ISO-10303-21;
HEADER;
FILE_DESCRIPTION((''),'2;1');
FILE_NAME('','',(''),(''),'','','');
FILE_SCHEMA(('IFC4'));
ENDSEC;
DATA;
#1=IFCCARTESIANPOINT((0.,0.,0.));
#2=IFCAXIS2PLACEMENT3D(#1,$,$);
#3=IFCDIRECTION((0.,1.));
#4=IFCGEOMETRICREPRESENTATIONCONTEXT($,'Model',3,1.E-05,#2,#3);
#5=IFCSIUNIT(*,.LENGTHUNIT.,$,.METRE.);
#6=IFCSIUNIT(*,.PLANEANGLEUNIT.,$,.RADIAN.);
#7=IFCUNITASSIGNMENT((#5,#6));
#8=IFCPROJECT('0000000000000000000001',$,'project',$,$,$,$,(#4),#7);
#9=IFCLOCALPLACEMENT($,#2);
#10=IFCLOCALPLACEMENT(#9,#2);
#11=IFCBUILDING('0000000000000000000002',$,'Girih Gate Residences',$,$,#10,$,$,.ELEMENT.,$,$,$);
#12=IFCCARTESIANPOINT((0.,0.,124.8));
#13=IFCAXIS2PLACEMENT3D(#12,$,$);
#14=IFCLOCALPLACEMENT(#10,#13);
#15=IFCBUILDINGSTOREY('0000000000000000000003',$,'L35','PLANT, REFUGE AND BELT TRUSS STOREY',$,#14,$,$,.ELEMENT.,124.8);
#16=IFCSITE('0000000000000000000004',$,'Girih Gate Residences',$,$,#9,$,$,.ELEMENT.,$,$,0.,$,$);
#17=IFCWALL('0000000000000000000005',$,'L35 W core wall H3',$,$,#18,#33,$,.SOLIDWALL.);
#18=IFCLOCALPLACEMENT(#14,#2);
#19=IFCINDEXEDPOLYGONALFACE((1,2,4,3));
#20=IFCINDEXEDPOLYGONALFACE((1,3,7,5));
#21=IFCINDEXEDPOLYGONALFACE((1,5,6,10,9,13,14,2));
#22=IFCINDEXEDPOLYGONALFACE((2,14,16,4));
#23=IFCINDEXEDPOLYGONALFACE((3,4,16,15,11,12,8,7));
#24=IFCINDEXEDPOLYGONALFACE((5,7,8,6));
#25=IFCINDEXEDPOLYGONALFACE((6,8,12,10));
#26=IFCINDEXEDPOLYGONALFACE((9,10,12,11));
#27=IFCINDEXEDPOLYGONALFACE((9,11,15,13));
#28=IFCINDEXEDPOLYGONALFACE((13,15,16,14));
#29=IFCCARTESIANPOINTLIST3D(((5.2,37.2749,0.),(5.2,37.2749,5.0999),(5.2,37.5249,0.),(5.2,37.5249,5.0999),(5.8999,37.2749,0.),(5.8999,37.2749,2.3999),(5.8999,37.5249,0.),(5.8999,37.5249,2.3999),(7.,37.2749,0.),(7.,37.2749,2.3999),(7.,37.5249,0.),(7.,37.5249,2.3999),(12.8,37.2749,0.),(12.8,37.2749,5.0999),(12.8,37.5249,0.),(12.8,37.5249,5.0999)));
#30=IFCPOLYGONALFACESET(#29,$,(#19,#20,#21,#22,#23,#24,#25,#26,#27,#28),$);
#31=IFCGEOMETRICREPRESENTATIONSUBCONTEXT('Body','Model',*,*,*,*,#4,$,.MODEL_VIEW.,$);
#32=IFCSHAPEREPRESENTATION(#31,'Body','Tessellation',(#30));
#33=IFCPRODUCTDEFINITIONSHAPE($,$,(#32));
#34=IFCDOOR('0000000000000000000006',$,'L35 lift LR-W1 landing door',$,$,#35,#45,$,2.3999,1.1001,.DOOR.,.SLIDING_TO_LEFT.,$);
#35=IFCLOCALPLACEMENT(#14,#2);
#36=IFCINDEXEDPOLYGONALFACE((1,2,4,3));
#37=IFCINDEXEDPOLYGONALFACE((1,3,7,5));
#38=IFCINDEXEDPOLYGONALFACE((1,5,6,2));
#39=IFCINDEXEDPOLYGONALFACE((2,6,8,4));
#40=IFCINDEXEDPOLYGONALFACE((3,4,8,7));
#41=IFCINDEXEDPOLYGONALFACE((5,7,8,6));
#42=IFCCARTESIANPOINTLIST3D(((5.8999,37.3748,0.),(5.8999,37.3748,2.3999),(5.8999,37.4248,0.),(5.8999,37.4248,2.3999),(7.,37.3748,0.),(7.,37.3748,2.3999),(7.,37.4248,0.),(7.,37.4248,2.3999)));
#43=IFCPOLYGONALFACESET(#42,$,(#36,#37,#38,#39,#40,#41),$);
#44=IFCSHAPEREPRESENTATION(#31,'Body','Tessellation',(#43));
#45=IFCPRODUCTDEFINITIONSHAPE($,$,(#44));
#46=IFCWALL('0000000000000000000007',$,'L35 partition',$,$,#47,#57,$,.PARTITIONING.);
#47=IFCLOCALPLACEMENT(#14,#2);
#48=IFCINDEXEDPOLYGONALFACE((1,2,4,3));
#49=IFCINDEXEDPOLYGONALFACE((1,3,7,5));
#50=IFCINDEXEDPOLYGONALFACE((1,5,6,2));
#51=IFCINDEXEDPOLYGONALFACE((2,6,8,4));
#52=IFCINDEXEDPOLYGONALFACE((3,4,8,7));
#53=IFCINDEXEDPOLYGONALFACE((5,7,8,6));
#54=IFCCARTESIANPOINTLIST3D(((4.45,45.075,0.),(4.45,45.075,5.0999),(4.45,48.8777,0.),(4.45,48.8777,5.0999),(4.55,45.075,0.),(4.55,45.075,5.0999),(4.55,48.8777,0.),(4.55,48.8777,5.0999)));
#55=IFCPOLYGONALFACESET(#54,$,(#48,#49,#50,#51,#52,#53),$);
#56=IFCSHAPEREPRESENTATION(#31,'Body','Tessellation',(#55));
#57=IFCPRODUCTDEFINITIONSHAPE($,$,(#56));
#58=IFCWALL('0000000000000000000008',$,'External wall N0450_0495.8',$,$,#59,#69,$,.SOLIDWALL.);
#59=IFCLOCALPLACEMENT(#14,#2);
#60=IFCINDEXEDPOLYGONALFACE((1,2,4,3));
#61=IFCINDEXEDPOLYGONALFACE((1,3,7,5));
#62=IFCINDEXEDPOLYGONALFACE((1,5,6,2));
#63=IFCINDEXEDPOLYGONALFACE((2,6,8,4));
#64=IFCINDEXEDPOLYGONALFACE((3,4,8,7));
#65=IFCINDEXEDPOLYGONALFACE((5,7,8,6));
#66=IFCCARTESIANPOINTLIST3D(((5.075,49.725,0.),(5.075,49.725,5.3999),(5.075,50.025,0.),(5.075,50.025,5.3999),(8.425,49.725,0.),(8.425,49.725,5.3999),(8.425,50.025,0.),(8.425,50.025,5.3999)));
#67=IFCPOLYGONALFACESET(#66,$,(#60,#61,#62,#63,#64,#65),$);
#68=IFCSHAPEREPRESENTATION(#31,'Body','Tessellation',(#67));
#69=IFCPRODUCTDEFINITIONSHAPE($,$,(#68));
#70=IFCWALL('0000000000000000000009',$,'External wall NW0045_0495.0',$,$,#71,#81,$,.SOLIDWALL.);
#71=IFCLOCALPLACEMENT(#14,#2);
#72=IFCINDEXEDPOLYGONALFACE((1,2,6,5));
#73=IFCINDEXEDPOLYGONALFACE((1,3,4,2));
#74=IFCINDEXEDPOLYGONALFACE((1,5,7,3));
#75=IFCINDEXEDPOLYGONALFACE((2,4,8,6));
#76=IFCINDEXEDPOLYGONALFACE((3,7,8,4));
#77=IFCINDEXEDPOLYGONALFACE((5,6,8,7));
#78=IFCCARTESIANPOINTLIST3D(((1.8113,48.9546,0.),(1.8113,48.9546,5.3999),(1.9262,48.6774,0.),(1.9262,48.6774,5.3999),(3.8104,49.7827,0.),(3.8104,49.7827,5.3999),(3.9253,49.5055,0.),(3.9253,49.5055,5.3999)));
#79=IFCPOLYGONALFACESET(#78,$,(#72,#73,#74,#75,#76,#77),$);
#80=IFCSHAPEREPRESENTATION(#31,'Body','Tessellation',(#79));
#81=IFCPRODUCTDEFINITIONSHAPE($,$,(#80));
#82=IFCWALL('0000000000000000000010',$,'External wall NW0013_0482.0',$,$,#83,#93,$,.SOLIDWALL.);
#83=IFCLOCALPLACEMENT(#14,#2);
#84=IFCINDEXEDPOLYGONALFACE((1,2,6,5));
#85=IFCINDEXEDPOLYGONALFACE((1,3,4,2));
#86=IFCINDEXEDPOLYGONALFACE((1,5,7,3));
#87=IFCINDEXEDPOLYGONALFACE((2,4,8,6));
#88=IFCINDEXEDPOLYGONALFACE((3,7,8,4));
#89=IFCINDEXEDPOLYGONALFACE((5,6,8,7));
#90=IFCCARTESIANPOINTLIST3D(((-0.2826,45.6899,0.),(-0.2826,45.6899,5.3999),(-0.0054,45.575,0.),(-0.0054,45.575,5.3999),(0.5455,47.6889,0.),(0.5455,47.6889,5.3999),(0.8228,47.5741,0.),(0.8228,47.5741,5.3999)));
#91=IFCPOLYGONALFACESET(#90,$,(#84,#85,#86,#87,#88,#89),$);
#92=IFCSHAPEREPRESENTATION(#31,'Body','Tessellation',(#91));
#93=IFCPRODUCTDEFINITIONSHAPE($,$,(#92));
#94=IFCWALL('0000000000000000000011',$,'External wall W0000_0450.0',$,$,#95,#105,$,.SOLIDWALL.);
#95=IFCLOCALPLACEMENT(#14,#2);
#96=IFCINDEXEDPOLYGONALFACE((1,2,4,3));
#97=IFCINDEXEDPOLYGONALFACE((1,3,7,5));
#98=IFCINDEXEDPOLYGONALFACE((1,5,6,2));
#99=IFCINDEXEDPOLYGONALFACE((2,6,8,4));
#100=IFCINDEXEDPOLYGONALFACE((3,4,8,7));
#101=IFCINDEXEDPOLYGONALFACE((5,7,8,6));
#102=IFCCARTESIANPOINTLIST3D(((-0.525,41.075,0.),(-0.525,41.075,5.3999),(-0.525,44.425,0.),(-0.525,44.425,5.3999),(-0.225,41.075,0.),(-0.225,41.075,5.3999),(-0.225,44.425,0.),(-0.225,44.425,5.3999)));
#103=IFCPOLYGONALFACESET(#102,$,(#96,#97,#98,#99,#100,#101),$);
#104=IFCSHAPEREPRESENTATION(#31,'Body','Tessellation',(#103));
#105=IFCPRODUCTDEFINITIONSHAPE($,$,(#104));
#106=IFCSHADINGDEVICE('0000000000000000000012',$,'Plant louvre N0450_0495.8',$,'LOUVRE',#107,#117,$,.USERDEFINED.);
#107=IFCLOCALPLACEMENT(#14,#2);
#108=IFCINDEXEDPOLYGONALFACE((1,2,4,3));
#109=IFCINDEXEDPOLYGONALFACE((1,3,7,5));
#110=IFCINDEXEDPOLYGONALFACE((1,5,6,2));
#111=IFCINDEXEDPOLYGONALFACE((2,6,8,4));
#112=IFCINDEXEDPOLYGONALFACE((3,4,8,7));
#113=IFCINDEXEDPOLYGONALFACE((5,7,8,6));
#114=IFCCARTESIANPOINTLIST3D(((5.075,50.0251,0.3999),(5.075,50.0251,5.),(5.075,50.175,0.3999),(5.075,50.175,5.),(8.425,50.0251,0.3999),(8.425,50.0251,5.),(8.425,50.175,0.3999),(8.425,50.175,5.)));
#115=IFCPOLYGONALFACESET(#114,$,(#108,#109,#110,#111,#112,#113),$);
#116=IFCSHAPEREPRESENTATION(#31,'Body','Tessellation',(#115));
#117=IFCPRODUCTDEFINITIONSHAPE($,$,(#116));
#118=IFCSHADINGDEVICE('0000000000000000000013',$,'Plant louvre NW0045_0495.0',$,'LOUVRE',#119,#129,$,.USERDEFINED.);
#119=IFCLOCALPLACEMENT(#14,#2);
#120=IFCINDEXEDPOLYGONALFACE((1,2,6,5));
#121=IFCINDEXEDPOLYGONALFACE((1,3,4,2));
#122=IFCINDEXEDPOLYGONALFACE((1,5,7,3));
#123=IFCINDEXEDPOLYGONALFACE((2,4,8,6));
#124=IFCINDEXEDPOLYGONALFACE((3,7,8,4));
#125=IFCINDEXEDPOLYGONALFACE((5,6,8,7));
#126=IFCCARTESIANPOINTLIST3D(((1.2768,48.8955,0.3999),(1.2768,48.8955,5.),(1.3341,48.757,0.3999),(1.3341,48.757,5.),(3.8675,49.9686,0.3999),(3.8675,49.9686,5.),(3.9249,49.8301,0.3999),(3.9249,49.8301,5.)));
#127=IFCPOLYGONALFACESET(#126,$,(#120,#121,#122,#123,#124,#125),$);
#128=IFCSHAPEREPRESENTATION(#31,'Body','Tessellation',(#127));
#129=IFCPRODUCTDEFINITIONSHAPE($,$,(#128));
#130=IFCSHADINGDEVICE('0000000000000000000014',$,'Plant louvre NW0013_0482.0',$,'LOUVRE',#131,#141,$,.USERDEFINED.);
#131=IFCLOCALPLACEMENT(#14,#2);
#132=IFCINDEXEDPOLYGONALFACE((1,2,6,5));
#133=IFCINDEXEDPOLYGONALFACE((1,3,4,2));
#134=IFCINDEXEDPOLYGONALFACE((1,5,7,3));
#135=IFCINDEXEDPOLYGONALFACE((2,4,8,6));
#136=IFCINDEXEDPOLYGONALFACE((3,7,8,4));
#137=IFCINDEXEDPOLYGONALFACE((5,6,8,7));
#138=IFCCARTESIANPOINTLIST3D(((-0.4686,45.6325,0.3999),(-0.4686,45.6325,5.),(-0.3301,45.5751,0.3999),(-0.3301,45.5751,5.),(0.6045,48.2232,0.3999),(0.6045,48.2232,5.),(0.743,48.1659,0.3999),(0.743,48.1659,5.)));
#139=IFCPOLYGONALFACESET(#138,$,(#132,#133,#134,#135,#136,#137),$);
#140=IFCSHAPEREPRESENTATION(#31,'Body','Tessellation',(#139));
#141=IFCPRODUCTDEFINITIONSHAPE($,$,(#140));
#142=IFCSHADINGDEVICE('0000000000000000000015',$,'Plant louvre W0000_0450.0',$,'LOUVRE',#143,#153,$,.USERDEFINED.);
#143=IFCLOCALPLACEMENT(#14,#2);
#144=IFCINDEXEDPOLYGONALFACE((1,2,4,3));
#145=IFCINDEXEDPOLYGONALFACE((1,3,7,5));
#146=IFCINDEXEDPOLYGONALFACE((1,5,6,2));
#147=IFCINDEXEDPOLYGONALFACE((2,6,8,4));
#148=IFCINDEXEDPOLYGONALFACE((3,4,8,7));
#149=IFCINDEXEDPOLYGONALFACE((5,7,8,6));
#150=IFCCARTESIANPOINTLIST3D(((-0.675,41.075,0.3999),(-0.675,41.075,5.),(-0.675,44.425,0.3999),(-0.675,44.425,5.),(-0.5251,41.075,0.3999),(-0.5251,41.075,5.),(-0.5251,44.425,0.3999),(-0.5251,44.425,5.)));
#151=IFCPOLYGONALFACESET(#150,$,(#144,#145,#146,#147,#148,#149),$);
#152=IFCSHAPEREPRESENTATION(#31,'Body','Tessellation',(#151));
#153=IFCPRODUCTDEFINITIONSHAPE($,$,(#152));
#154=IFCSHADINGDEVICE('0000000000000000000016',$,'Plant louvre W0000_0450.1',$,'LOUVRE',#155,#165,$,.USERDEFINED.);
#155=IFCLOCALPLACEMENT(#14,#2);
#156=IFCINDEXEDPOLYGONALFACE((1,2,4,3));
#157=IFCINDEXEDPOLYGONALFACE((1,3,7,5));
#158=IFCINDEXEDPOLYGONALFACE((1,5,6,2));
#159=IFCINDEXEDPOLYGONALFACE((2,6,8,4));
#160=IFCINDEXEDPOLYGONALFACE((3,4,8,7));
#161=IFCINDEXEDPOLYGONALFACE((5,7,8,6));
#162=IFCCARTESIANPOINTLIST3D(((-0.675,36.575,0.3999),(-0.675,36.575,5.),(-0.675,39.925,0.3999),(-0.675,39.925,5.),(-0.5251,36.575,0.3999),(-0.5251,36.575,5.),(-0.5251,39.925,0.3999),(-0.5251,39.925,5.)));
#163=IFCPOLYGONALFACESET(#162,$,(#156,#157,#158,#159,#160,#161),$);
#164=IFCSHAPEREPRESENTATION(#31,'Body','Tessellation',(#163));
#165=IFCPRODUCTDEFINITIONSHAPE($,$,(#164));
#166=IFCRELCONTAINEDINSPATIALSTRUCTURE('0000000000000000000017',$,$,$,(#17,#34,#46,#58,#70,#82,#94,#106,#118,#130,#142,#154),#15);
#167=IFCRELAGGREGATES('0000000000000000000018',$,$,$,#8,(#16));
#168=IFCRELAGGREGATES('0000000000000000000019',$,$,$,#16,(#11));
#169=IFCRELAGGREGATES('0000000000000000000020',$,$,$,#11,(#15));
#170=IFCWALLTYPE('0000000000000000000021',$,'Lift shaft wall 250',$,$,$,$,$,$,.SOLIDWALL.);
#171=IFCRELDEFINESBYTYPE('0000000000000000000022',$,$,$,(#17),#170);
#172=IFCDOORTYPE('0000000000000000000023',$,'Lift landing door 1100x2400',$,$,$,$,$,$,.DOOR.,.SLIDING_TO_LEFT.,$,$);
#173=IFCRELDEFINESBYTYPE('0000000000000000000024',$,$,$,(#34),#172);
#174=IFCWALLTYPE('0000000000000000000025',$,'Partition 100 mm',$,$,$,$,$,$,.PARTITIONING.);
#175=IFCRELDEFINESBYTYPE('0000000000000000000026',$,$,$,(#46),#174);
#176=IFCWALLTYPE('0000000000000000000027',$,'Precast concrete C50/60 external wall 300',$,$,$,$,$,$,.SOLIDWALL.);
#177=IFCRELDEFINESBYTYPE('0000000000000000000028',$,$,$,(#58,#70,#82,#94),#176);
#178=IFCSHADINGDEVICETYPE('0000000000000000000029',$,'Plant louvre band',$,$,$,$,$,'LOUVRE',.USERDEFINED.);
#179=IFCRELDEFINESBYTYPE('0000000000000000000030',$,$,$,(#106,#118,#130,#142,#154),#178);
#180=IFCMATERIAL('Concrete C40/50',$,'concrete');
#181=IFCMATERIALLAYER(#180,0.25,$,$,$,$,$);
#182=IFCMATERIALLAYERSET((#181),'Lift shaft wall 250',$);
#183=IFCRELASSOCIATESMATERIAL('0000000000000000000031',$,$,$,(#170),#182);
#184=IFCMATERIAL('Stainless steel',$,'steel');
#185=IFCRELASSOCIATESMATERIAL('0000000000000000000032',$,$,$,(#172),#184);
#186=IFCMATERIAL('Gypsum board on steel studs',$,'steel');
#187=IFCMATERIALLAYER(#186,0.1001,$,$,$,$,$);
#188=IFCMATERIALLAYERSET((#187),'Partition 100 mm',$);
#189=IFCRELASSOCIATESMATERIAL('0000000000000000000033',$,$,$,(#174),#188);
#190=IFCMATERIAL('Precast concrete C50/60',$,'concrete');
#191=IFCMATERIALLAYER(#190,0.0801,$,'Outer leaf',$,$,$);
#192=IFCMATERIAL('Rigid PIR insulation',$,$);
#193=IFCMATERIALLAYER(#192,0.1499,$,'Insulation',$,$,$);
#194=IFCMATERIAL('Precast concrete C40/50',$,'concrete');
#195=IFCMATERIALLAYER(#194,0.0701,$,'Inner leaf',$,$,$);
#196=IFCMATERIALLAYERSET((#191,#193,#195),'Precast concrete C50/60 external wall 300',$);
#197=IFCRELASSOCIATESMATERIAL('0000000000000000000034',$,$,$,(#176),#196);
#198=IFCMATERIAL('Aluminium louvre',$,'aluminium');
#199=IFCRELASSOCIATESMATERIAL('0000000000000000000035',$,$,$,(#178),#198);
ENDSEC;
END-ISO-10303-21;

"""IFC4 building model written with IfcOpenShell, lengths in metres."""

from ifc_helpers import new_model, si_unit, direction, frame, frame_2d, origin, origin_2d, place, context, subcontext, project, spatial, rectangle, extrude, material, layer, layer_set, type_object, element, fill, save


model = new_model("IFC4")

# Units and contexts
model_context = context("Model", 3, precision=1e-05, world=origin(), true_north=direction((0.0, 1.0)))
body_context = subcontext(model_context, "Body", "Model", "MODEL_VIEW")
ifc_project = project(units=[si_unit("LENGTHUNIT", "METRE"), si_unit("PLANEANGLEUNIT", "RADIAN")], contexts=[model_context])

# Site, building, storey
site_placement = place(None, origin())
site = spatial("IfcSite", under=ifc_project, at=site_placement, Name="Girih Gate Residences", CompositionType="ELEMENT", RefElevation=0.0)
building_placement = place(site_placement, origin())
building = spatial("IfcBuilding", under=site, at=building_placement, Name="Girih Gate Residences", CompositionType="ELEMENT")
storey_placement = place(building_placement, frame((0.0, 0.0, 124.8)))
storey = spatial("IfcBuildingStorey", under=building, at=storey_placement, Name="L35", Description="PLANT, REFUGE AND BELT TRUSS STOREY", CompositionType="ELEMENT", Elevation=124.8)

# Shared definitions
ifc_material_1 = material(Name="Gypsum board on steel studs", Category="steel")

# Wall, opening, door
ifc_material_2 = material(Name="Concrete C40/50", Category="concrete")
ifc_layer_1 = layer(ifc_material_2, 0.25)
ifc_layer_set_1 = layer_set([ifc_layer_1], Name="Lift shaft wall 250")
wall_type_1 = type_object("IfcWallType", Name="Lift shaft wall 250", PredefinedType="SOLIDWALL", material=ifc_layer_set_1)
wall_1_placement = place(storey_placement, frame((5.2, 37.3999, 0.0), z_axis=(0.0, 0.0, 1.0), x_axis=(1.0, 0.0, 0.0)))
wall_1 = element("IfcWall", 1, at=wall_1_placement, inside=storey, type_object=wall_type_1, Name="L35 W core wall H3", PredefinedType="SOLIDWALL", context=body_context, shape_type="SweptSolid", body=[
    extrude(rectangle(XDim=7.6001, YDim=0.25, at=frame_2d((3.8, 0.0))), origin(), (0.0, 0.0, 1.0), 5.0999),
])
opening_1_placement = place(wall_1_placement, frame((0.7, 0.0, 0.0)))
opening_1 = element("IfcOpeningElement", 2, at=opening_1_placement, cuts=wall_1, PredefinedType="OPENING", context=body_context, shape_type="SweptSolid", body=[
    extrude(rectangle(XDim=1.1001, YDim=2.3999, at=frame_2d((0.55, 1.2))), frame((0.0, 0.135, 0.0), z_axis=(0.0, -1.0, 0.0), x_axis=(1.0, 0.0, 0.0)), (0.0, 0.0, 1.0), 0.27),
])
ifc_material_3 = material(Name="Stainless steel", Category="steel")
door_type_1 = type_object("IfcDoorType", Name="Lift landing door 1100x2400", OperationType="SLIDING_TO_LEFT", PredefinedType="DOOR", material=ifc_material_3)
door_1_placement = place(opening_1_placement, origin())
door_1 = element("IfcDoor", 3, at=door_1_placement, inside=storey, type_object=door_type_1, Name="L35 lift LR-W1 landing door", OperationType="SLIDING_TO_LEFT", OverallHeight=2.3999, OverallWidth=1.1001, PredefinedType="DOOR", context=body_context, shape_type="SweptSolid", body=[
    extrude(rectangle(XDim=1.1001, YDim=2.3999, at=frame_2d((0.55, 1.2))), frame((0.0, 0.0249, 0.0), z_axis=(0.0, -1.0, 0.0), x_axis=(1.0, 0.0, 0.0)), (0.0, 0.0, 1.0), 0.05),
])
fill(opening_1, door_1)

# Walls
ifc_layer_2 = layer(ifc_material_1, 0.1001)
ifc_layer_set_2 = layer_set([ifc_layer_2], Name="Partition 100 mm")
wall_type_2 = type_object("IfcWallType", Name="Partition 100 mm", PredefinedType="PARTITIONING", material=ifc_layer_set_2)
wall_2_placement = place(storey_placement, frame((4.5, 45.075, 0.0), z_axis=(0.0, 0.0, 1.0), x_axis=(0.0, 1.0, 0.0)))
element("IfcWall", 4, at=wall_2_placement, inside=storey, type_object=wall_type_2, Name="L35 partition", PredefinedType="PARTITIONING", context=body_context, shape_type="SweptSolid", body=[
    extrude(rectangle(XDim=3.8027, YDim=0.1001, at=frame_2d((1.9014, 0.0))), origin(), (0.0, 0.0, 1.0), 5.0999),
])
ifc_material_4 = material(Name="Precast concrete C50/60", Category="concrete")
ifc_layer_3 = layer(ifc_material_4, 0.0801, Name="Outer leaf")
ifc_material_5 = material(Name="Rigid PIR insulation")
ifc_layer_4 = layer(ifc_material_5, 0.1499, Name="Insulation")
ifc_material_6 = material(Name="Precast concrete C40/50", Category="concrete")
ifc_layer_5 = layer(ifc_material_6, 0.0701, Name="Inner leaf")
ifc_layer_set_3 = layer_set([ifc_layer_3, ifc_layer_4, ifc_layer_5], Name="Precast concrete C50/60 external wall 300")
wall_type_3 = type_object("IfcWallType", Name="Precast concrete C50/60 external wall 300", PredefinedType="SOLIDWALL", material=ifc_layer_set_3)
wall_3_placement = place(storey_placement, frame((5.075, 49.875, 0.0), z_axis=(0.0, 0.0, 1.0), x_axis=(1.0, 0.0, 0.0)))
element("IfcWall", 5, at=wall_3_placement, inside=storey, type_object=wall_type_3, Name="External wall N0450_0495.8", PredefinedType="SOLIDWALL", context=body_context, shape_type="SweptSolid", body=[
    extrude(rectangle(XDim=3.3501, YDim=0.3, at=frame_2d((1.675, 0.0))), origin(), (0.0, 0.0, 1.0), 5.3999),
])
for number, where, z_axis, x_axis, name in (
    (6, (1.8687, 48.8159, 0.0), (0.0, 0.0, 1.0), (0.923863, 0.382724, 0.0), "External wall NW0045_0495.0"),
    (7, (-0.144, 45.6323, 0.0), (0.0, 0.0, 1.0), (0.382724, 0.923863, 0.0), "External wall NW0013_0482.0"),
):
    element("IfcWall", number, at=place(storey_placement, frame(where, z_axis=z_axis, x_axis=x_axis)), inside=storey, type_object=wall_type_3, Name=name, PredefinedType="SOLIDWALL", context=body_context, shape_type="SweptSolid", body=[
        extrude(rectangle(XDim=2.1638, YDim=0.3, at=frame_2d((1.082, 0.0))), origin(), (0.0, 0.0, 1.0), 5.3999),
    ])
wall_4_placement = place(storey_placement, frame((-0.375, 41.075, 0.0), z_axis=(0.0, 0.0, 1.0), x_axis=(0.0, 1.0, 0.0)))
element("IfcWall", 8, at=wall_4_placement, inside=storey, type_object=wall_type_3, Name="External wall W0000_0450.0", PredefinedType="SOLIDWALL", context=body_context, shape_type="SweptSolid", body=[
    extrude(rectangle(XDim=3.3501, YDim=0.3, at=frame_2d((1.675, 0.0))), origin(), (0.0, 0.0, 1.0), 5.3999),
])

# Shading devices
ifc_material_7 = material(Name="Aluminium louvre", Category="aluminium")
shading_device_type = type_object("IfcShadingDeviceType", Name="Plant louvre band", ElementType="LOUVRE", PredefinedType="USERDEFINED", material=ifc_material_7)
shading_device_placement = place(storey_placement, frame((6.75, 50.1001, 0.3999), z_axis=(0.0, 0.0, 1.0), x_axis=(-1.0, 0.0, 0.0)))
element("IfcShadingDevice", 9, at=shading_device_placement, inside=storey, type_object=shading_device_type, Name="Plant louvre N0450_0495.8", ObjectType="LOUVRE", PredefinedType="USERDEFINED", context=body_context, shape_type="SweptSolid", body=[
    extrude(rectangle(XDim=3.3501, YDim=0.1499, at=origin_2d()), origin(), (0.0, 0.0, 1.0), 4.6001),
])
for number, where, z_axis, x_axis, name in (
    (10, (2.6008, 49.3628, 0.3999), (0.0, 0.0, 1.0), (-0.92388, -0.382683, 0.0), "Plant louvre NW0045_0495.0"),
    (11, (0.1372, 46.8992, 0.3999), (0.0, 0.0, 1.0), (-0.382683, -0.92388, 0.0), "Plant louvre NW0013_0482.0"),
):
    element("IfcShadingDevice", number, at=place(storey_placement, frame(where, z_axis=z_axis, x_axis=x_axis)), inside=storey, type_object=shading_device_type, Name=name, ObjectType="LOUVRE", PredefinedType="USERDEFINED", context=body_context, shape_type="SweptSolid", body=[
        extrude(rectangle(XDim=2.8042, YDim=0.1499, at=origin_2d()), origin(), (0.0, 0.0, 1.0), 4.6001),
    ])
for number, where, z_axis, x_axis, name in (
    (12, (-0.6001, 42.75, 0.3999), (0.0, 0.0, 1.0), (0.0, -1.0, 0.0), "Plant louvre W0000_0450.0"),
    (13, (-0.6001, 38.25, 0.3999), (0.0, 0.0, 1.0), (0.0, -1.0, 0.0), "Plant louvre W0000_0450.1"),
):
    element("IfcShadingDevice", number, at=place(storey_placement, frame(where, z_axis=z_axis, x_axis=x_axis)), inside=storey, type_object=shading_device_type, Name=name, ObjectType="LOUVRE", PredefinedType="USERDEFINED", context=body_context, shape_type="SweptSolid", body=[
        extrude(rectangle(XDim=3.3501, YDim=0.1499, at=origin_2d()), origin(), (0.0, 0.0, 1.0), 4.6001),
    ])

save(model, "model.ifc")
